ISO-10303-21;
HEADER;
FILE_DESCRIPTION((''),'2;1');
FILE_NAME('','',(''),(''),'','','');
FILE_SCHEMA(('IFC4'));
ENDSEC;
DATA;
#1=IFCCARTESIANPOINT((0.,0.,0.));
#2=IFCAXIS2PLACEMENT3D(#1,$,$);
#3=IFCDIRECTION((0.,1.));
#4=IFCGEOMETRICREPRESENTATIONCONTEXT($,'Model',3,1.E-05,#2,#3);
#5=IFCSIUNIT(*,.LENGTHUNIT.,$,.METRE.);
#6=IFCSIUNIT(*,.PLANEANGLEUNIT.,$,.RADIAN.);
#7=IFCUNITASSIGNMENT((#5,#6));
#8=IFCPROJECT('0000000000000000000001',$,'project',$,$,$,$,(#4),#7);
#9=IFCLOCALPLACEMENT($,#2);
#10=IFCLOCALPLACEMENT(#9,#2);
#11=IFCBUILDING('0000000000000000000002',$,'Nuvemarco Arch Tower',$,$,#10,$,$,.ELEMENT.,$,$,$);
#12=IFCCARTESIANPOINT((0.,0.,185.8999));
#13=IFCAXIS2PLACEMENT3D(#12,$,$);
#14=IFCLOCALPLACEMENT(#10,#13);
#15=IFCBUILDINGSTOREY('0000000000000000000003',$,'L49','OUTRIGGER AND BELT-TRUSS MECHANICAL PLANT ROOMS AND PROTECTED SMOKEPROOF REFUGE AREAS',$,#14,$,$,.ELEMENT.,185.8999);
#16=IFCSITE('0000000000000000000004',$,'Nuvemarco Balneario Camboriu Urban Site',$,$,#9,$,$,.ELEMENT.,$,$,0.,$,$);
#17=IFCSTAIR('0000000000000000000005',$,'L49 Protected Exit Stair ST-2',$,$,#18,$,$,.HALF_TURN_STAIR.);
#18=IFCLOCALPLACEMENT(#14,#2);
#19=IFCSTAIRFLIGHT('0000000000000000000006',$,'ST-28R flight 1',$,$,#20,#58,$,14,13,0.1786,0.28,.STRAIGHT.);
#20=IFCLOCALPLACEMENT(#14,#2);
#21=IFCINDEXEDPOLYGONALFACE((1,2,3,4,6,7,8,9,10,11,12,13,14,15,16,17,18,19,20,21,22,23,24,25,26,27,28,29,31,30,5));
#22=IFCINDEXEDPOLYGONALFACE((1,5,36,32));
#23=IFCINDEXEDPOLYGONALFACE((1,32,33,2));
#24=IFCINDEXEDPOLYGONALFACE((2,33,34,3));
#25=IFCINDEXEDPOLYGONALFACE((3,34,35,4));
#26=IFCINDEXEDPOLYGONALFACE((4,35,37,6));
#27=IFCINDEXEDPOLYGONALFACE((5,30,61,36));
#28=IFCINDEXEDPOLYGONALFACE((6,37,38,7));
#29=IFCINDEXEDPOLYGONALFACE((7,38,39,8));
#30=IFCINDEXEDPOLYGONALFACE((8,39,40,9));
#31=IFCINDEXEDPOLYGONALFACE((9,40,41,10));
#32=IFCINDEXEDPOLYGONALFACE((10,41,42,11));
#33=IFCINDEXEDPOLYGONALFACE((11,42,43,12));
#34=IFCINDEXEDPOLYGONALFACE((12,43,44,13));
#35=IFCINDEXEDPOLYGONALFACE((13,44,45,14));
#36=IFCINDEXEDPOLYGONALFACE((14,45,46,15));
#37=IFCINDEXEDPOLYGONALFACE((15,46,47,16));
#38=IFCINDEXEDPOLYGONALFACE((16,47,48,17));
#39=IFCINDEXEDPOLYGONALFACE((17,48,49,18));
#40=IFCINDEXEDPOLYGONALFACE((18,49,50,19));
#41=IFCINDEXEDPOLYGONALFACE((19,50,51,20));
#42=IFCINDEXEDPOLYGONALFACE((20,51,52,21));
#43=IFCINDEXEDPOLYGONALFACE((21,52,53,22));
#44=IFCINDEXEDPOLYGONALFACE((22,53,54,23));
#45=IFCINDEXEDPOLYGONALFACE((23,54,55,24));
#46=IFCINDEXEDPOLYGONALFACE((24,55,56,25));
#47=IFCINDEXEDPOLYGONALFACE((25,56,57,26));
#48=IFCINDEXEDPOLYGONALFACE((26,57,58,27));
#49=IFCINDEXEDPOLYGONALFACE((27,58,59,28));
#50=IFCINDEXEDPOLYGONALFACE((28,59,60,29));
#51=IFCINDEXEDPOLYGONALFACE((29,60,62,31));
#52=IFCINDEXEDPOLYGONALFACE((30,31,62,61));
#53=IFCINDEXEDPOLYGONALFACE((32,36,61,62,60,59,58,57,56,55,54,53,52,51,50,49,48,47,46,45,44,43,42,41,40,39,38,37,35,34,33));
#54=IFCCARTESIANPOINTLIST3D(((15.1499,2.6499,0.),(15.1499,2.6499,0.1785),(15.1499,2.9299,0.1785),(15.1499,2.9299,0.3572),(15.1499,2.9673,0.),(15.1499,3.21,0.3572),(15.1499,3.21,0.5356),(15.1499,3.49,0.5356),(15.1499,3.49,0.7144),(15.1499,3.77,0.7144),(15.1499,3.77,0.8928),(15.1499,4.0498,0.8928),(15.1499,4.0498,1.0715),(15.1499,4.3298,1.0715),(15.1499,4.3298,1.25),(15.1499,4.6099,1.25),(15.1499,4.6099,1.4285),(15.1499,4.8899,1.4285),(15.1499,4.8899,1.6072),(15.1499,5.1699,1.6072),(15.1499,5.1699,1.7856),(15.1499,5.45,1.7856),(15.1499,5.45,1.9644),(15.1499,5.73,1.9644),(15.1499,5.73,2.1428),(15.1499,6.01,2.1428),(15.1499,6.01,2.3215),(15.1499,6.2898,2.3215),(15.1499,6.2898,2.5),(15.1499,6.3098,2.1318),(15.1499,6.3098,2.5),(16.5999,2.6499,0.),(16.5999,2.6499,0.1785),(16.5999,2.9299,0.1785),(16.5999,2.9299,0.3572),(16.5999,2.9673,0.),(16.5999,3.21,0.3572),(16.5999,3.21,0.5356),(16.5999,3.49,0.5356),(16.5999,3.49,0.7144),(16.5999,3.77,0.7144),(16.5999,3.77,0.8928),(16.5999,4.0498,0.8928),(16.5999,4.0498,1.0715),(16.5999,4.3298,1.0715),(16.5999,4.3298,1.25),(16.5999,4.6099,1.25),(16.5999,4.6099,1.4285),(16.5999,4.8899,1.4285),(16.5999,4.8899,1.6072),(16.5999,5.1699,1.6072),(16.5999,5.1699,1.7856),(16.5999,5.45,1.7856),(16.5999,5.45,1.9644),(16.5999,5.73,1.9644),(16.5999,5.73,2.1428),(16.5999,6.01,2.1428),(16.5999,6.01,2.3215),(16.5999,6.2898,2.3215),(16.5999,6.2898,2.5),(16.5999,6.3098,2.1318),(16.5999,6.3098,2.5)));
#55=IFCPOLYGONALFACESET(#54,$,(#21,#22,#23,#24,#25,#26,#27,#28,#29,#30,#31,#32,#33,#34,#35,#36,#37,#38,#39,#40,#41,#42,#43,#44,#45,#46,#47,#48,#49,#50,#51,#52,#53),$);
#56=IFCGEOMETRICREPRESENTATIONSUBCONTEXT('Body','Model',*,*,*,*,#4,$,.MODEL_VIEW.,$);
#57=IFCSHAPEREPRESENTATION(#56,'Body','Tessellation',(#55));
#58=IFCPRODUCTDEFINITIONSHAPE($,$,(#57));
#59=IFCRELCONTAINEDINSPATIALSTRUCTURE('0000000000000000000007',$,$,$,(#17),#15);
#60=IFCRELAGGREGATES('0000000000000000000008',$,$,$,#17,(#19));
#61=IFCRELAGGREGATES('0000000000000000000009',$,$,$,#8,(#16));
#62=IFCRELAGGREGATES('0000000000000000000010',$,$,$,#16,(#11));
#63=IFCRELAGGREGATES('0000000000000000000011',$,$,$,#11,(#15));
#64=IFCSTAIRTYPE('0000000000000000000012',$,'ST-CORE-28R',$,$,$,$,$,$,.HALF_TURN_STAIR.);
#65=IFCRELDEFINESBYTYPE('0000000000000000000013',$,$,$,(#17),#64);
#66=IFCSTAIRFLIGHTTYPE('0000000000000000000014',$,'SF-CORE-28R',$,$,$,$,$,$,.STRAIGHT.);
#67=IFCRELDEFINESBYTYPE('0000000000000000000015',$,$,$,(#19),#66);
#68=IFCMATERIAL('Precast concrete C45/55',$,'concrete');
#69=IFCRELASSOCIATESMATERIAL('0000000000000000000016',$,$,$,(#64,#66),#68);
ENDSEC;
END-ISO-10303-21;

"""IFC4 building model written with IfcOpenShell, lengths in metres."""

from ifc_helpers import new_model, si_unit, direction, frame, origin, place, context, subcontext, project, spatial, polyline, outline, extrude, material, type_object, element, aggregate, save


model = new_model("IFC4")

# Units and contexts
model_context = context("Model", 3, precision=1e-05, world=origin(), true_north=direction((0.0, 1.0)))
body_context = subcontext(model_context, "Body", "Model", "MODEL_VIEW")
ifc_project = project(units=[si_unit("LENGTHUNIT", "METRE"), si_unit("PLANEANGLEUNIT", "RADIAN")], contexts=[model_context])

# Site, building, storey
site_placement = place(None, origin())
site = spatial("IfcSite", under=ifc_project, at=site_placement, Name="Nuvemarco Balneario Camboriu Urban Site", CompositionType="ELEMENT", RefElevation=0.0)
building_placement = place(site_placement, origin())
building = spatial("IfcBuilding", under=site, at=building_placement, Name="Nuvemarco Arch Tower", CompositionType="ELEMENT")
storey_placement = place(building_placement, frame((0.0, 0.0, 185.8999)))
storey = spatial("IfcBuildingStorey", under=building, at=storey_placement, Name="L49", Description="OUTRIGGER AND BELT-TRUSS MECHANICAL PLANT ROOMS AND PROTECTED SMOKEPROOF REFUGE AREAS", CompositionType="ELEMENT", Elevation=185.8999)

# Shared definitions
ifc_material_1 = material(Name="Precast concrete C45/55", Category="concrete")

# Stair, stair flight
stair_type = type_object("IfcStairType", Name="ST-CORE-28R", PredefinedType="HALF_TURN_STAIR", material=ifc_material_1)
stair_placement = place(storey_placement, origin())
stair = element("IfcStair", 1, at=stair_placement, inside=storey, type_object=stair_type, Name="L49 Protected Exit Stair ST-2", PredefinedType="HALF_TURN_STAIR")
stair_flight_type = type_object("IfcStairFlightType", Name="SF-CORE-28R", PredefinedType="STRAIGHT", material=ifc_material_1)
stair_flight_placement = place(storey_placement, frame((15.875, 2.6499, 0.0), z_axis=(0.0, 0.0, 1.0), x_axis=(0.0, 1.0, 0.0)))
stair_flight = element("IfcStairFlight", 2, at=stair_flight_placement, type_object=stair_flight_type, Name="ST-28R flight 1", NumberOfRisers=14, NumberOfTreads=13, PredefinedType="STRAIGHT", RiserHeight=0.1786, TreadLength=0.28, context=body_context, shape_type="SweptSolid", body=[
    extrude(outline(polyline([(0.0, 0.0), (0.0, 0.1785), (0.28, 0.1785), (0.28, 0.3572), (0.5601, 0.3572), (0.5601, 0.5356), (0.8401, 0.5356), (0.8401, 0.7144), (1.1201, 0.7144), (1.1201, 0.8928), (1.3999, 0.8928), (1.3999, 1.0715), (1.6799, 1.0715), (1.6799, 1.25), (1.96, 1.25), (1.96, 1.4285), (2.24, 1.4285), (2.24, 1.6072), (2.52, 1.6072), (2.52, 1.7856), (2.8, 1.7856), (2.8, 1.9644), (3.0801, 1.9644), (3.0801, 2.1428), (3.3601, 2.1428), (3.3601, 2.3215), (3.6399, 2.3215), (3.6399, 2.5), (3.6599, 2.5), (3.6599, 2.1318), (0.3174, 0.0), (0.0, 0.0)])), frame((0.0, 0.7251, 0.0), z_axis=(0.0, -1.0, 0.0), x_axis=(1.0, 0.0, 0.0)), (0.0, 0.0, 1.0), 1.45),
])
aggregate(stair, [stair_flight])

save(model, "model.ifc")
